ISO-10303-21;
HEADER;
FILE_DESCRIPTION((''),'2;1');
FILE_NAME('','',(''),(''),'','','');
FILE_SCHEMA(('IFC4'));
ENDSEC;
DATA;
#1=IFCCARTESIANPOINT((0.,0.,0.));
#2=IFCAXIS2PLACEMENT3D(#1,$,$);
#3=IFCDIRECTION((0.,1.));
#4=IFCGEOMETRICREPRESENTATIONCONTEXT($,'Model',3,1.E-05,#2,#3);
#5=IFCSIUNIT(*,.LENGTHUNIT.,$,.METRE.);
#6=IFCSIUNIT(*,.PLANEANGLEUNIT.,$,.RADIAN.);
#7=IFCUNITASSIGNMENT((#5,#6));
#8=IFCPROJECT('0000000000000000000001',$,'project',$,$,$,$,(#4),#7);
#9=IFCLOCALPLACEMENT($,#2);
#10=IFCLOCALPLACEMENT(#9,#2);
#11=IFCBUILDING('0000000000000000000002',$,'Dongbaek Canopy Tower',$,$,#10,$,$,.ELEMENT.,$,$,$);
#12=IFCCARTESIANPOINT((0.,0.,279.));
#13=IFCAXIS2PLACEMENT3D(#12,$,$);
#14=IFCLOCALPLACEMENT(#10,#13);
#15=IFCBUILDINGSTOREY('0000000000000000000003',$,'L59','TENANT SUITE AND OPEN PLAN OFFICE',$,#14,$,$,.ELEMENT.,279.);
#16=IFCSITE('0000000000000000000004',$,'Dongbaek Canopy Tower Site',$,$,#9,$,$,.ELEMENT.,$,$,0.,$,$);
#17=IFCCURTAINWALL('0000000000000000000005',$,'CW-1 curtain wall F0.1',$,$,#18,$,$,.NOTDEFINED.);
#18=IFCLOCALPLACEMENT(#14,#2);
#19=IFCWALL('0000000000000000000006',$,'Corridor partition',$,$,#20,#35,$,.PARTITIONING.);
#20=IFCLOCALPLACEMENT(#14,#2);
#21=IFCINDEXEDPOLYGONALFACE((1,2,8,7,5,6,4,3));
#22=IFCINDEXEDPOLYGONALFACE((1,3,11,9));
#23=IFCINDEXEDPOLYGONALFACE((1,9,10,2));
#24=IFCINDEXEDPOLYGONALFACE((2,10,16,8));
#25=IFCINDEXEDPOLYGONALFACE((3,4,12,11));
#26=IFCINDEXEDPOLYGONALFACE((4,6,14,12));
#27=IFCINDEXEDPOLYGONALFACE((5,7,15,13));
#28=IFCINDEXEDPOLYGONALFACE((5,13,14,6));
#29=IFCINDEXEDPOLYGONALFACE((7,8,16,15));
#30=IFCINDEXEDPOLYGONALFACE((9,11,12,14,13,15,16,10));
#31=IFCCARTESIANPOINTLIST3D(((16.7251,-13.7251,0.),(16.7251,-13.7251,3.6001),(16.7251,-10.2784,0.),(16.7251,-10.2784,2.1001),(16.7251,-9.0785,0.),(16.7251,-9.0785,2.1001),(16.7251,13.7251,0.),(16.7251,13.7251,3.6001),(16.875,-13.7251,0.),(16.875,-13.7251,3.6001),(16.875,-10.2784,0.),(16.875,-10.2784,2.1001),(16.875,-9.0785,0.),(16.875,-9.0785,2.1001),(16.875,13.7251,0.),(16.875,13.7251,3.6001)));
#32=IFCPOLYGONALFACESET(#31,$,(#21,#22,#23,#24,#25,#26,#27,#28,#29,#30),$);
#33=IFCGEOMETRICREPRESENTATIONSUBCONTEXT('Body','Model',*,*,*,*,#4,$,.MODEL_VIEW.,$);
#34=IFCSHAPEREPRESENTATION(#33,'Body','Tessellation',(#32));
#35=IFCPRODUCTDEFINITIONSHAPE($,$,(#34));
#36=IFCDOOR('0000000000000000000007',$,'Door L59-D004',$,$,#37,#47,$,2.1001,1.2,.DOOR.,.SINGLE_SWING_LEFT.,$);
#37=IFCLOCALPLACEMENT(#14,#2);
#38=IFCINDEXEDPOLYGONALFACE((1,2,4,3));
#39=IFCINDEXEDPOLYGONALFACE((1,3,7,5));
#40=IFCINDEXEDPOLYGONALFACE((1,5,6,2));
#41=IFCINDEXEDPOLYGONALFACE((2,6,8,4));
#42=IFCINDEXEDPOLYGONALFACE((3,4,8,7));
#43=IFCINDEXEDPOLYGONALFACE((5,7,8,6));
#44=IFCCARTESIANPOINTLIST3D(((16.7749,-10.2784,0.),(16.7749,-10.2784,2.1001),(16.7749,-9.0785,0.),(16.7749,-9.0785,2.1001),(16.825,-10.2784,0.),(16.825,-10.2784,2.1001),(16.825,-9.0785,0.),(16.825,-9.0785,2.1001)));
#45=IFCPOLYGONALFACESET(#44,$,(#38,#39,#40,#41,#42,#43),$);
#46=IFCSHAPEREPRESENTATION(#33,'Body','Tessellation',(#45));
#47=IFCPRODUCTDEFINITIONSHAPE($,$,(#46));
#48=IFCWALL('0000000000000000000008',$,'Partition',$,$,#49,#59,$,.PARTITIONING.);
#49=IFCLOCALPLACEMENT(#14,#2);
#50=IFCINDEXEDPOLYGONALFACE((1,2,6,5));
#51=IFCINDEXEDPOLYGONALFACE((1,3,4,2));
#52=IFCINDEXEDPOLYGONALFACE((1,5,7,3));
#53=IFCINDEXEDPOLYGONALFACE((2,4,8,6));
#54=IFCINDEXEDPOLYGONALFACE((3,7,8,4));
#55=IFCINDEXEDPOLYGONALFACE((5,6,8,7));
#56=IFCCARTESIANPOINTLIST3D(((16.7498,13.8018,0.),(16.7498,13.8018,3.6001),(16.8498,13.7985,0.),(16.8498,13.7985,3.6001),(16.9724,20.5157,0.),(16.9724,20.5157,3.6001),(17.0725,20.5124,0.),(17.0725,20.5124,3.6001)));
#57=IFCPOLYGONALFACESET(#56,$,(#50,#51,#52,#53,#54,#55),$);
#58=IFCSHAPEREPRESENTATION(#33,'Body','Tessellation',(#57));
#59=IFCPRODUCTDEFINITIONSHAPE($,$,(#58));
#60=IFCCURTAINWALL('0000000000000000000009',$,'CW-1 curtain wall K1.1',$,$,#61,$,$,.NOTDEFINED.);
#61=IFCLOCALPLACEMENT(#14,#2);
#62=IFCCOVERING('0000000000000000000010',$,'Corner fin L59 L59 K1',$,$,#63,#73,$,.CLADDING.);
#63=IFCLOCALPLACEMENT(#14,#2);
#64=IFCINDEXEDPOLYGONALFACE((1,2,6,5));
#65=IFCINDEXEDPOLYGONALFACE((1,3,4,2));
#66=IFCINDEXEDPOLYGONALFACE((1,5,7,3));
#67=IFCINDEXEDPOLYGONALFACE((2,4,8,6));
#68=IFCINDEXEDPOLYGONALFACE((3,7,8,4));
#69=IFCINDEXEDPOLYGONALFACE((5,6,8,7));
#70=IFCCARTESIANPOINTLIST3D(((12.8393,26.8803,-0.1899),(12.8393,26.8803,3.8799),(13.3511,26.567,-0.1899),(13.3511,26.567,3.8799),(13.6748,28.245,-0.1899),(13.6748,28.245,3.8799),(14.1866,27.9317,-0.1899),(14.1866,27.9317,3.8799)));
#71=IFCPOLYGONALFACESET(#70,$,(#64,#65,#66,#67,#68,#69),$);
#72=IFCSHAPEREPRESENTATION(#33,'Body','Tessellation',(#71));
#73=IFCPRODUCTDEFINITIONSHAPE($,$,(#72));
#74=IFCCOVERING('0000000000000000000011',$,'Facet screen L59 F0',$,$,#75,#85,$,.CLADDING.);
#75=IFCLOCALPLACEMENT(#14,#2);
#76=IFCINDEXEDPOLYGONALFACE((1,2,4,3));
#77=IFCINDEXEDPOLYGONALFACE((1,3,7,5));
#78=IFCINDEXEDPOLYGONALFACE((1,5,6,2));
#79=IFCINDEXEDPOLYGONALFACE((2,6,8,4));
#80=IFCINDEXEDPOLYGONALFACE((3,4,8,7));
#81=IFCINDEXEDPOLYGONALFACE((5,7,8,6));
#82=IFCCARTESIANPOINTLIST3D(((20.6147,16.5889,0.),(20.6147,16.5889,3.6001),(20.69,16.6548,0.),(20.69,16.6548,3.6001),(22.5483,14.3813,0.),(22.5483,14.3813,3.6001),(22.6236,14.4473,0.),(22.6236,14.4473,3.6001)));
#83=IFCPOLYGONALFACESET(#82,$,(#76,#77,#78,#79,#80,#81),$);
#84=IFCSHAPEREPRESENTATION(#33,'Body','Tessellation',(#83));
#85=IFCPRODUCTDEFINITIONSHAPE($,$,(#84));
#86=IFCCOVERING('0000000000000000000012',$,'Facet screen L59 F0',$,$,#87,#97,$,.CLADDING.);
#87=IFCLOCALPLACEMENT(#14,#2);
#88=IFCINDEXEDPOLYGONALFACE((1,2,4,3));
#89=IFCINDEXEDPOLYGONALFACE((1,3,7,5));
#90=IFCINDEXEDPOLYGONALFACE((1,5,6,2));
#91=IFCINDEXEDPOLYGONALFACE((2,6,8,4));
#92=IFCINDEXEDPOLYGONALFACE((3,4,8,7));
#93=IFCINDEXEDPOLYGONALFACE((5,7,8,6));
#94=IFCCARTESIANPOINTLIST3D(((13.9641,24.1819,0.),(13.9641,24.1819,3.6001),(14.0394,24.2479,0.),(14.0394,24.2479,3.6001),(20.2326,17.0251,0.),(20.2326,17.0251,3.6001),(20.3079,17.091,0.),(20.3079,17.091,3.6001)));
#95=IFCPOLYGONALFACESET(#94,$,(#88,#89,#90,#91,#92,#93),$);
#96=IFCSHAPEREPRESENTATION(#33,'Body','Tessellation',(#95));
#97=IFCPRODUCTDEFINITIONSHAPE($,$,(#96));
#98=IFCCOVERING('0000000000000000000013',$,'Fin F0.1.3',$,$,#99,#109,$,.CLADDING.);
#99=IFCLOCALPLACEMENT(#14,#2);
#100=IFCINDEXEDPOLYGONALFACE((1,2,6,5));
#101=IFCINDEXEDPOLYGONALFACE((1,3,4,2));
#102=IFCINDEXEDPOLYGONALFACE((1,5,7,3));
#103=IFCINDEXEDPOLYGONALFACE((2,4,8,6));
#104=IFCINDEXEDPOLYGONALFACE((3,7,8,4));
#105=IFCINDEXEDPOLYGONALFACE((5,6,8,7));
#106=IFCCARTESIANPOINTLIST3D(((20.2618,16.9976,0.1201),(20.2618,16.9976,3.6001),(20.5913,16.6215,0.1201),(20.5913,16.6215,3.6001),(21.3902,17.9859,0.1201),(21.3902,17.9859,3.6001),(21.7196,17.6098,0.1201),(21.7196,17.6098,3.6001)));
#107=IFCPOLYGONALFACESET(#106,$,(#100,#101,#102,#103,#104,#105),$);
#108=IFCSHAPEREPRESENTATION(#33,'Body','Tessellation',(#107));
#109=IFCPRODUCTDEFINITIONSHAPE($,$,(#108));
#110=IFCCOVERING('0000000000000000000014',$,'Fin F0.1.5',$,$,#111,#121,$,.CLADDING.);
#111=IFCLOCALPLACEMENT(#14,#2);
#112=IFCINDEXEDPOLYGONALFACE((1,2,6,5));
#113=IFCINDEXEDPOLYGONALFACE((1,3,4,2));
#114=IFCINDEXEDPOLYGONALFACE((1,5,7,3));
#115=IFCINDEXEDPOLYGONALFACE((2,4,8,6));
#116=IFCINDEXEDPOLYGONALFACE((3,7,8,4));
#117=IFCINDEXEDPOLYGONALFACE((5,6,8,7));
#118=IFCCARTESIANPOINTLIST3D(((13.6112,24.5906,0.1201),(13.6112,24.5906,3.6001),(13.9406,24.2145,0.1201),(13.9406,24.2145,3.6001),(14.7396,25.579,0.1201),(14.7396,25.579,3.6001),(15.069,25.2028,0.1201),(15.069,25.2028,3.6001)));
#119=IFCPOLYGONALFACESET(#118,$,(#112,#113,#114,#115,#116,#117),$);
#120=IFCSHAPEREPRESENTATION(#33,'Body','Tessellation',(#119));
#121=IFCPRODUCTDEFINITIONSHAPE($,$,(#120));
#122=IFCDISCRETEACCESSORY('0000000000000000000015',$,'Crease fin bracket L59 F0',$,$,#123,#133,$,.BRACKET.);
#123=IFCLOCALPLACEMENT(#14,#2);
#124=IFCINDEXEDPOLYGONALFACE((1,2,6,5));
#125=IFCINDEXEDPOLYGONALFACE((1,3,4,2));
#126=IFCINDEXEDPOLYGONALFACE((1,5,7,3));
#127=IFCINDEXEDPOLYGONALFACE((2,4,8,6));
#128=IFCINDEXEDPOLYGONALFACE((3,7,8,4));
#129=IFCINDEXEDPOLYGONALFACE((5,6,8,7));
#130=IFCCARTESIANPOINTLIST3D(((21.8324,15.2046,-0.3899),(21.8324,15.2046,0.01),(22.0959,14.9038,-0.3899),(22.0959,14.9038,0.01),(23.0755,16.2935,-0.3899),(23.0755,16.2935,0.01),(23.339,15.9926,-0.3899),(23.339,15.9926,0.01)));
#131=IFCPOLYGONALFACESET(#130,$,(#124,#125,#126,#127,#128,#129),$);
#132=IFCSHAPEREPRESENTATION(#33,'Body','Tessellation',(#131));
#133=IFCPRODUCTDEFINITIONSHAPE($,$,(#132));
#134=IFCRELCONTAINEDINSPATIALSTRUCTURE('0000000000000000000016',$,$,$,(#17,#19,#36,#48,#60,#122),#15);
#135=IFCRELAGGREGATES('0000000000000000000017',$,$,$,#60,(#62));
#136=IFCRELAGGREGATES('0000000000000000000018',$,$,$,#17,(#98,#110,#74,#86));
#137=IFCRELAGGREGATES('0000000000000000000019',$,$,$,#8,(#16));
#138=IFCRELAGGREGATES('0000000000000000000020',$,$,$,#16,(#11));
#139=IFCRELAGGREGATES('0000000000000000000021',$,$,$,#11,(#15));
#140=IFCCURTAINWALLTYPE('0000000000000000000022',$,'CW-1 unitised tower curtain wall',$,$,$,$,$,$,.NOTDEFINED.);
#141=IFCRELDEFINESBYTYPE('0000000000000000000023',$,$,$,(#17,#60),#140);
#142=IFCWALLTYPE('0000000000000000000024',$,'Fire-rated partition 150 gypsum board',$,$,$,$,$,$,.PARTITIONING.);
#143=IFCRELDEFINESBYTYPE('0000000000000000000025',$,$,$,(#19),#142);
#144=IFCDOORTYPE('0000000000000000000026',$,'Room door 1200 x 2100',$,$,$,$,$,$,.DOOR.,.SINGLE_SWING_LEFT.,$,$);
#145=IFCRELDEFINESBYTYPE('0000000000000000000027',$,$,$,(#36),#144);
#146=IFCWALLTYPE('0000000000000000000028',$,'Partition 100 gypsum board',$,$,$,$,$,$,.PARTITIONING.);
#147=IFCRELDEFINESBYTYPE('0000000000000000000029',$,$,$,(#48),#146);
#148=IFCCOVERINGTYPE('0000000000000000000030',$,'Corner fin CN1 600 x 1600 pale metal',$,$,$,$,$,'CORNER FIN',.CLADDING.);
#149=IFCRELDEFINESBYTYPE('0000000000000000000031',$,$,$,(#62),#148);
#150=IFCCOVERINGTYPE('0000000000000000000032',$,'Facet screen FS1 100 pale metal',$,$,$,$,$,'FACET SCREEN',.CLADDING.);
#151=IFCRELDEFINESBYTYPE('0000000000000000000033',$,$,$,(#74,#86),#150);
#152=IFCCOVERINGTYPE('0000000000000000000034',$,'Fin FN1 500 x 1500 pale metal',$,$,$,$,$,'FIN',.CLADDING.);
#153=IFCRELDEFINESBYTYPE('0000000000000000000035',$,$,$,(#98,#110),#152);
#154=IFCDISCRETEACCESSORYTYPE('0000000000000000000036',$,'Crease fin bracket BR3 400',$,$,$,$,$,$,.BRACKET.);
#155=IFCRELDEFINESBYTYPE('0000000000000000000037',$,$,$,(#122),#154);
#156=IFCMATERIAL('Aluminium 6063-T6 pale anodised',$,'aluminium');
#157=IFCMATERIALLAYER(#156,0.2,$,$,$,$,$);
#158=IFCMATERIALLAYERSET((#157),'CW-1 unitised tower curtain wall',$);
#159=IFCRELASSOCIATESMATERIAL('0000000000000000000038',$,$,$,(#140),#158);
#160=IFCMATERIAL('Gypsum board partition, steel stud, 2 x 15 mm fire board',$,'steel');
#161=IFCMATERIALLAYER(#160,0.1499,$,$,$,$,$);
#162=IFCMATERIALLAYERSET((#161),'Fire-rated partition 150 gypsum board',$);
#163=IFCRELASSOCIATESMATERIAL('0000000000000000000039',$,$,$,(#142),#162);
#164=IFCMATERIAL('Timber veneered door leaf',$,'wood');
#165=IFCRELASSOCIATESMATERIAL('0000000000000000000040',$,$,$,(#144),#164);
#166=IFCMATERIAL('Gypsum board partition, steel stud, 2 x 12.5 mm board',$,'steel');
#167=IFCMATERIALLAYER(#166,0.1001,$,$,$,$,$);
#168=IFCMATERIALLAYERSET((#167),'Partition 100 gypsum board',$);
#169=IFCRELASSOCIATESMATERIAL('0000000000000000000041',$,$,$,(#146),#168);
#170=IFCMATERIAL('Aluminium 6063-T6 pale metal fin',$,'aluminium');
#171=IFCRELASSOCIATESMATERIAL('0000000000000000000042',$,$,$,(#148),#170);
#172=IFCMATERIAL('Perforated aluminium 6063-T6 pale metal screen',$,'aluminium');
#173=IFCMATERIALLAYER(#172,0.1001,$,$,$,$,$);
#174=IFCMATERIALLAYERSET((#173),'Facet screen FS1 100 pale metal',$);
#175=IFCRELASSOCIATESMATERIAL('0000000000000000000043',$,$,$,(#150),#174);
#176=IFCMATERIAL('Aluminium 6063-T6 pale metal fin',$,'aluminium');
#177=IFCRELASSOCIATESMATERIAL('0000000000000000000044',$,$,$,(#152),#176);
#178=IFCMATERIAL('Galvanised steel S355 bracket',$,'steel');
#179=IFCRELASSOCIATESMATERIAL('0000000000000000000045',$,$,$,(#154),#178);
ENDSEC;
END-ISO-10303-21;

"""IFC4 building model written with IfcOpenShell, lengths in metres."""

from ifc_helpers import new_model, si_unit, direction, frame, frame_2d, origin, origin_2d, place, context, subcontext, project, spatial, rectangle, extrude, material, layer, layer_set, material_profile, profile_set, type_object, element, fill, aggregate, save


model = new_model("IFC4")

# Units and contexts
model_context = context("Model", 3, precision=1e-05, world=origin(), true_north=direction((0.0, 1.0)))
body_context = subcontext(model_context, "Body", "Model", "MODEL_VIEW")
ifc_project = project(units=[si_unit("LENGTHUNIT", "METRE"), si_unit("PLANEANGLEUNIT", "RADIAN")], contexts=[model_context])

# Site, building, storey
site_placement = place(None, origin())
site = spatial("IfcSite", under=ifc_project, at=site_placement, Name="Dongbaek Canopy Tower Site", CompositionType="ELEMENT", RefElevation=0.0)
building_placement = place(site_placement, origin())
building = spatial("IfcBuilding", under=site, at=building_placement, Name="Dongbaek Canopy Tower", CompositionType="ELEMENT")
storey_placement = place(building_placement, frame((0.0, 0.0, 279.0)))
storey = spatial("IfcBuildingStorey", under=building, at=storey_placement, Name="L59", Description="TENANT SUITE AND OPEN PLAN OFFICE", CompositionType="ELEMENT", Elevation=279.0)

# Curtain wall
ifc_material_1 = material(Name="Aluminium 6063-T6 pale anodised", Category="aluminium")
ifc_layer_1 = layer(ifc_material_1, 0.2)
ifc_layer_set_1 = layer_set([ifc_layer_1], Name="CW-1 unitised tower curtain wall")
curtain_wall_type = type_object("IfcCurtainWallType", Name="CW-1 unitised tower curtain wall", PredefinedType="NOTDEFINED", material=ifc_layer_set_1)
curtain_wall_1_placement = place(storey_placement, origin())
curtain_wall_1 = element("IfcCurtainWall", 1, at=curtain_wall_1_placement, inside=storey, type_object=curtain_wall_type, Name="CW-1 curtain wall F0.1", PredefinedType="NOTDEFINED")

# Wall, opening, door
ifc_material_2 = material(Name="Gypsum board partition, steel stud, 2 x 15 mm fire board", Category="steel")
ifc_layer_2 = layer(ifc_material_2, 0.1499)
ifc_layer_set_2 = layer_set([ifc_layer_2], Name="Fire-rated partition 150 gypsum board")
wall_type_1 = type_object("IfcWallType", Name="Fire-rated partition 150 gypsum board", PredefinedType="PARTITIONING", material=ifc_layer_set_2)
wall_1_placement = place(storey_placement, frame((16.8, 13.7251, 0.0), z_axis=(0.0, 0.0, 1.0), x_axis=(0.0, -1.0, 0.0)))
wall_1 = element("IfcWall", 2, at=wall_1_placement, inside=storey, type_object=wall_type_1, Name="Corridor partition", PredefinedType="PARTITIONING", context=body_context, shape_type="SweptSolid", body=[
    extrude(rectangle(XDim=27.4502, YDim=0.1499, at=frame_2d((13.7251, 0.0))), origin(), (0.0, 0.0, 1.0), 3.6001),
])
opening_placement = place(wall_1_placement, frame((22.8035, 0.0, 0.0)))
opening = element("IfcOpeningElement", 3, at=opening_placement, cuts=wall_1, PredefinedType="OPENING", context=body_context, shape_type="SweptSolid", body=[
    extrude(rectangle(XDim=1.2, YDim=2.1001, at=frame_2d((0.6001, 1.05))), frame((0.0, 0.085, 0.0), z_axis=(0.0, -1.0, 0.0), x_axis=(1.0, 0.0, 0.0)), (0.0, 0.0, 1.0), 0.1699),
])
ifc_material_3 = material(Name="Timber veneered door leaf", Category="wood")
door_type = type_object("IfcDoorType", Name="Room door 1200 x 2100", OperationType="SINGLE_SWING_LEFT", PredefinedType="DOOR", material=ifc_material_3)
door_placement = place(opening_placement, origin())
door = element("IfcDoor", 4, at=door_placement, inside=storey, type_object=door_type, Name="Door L59-D004", OperationType="SINGLE_SWING_LEFT", OverallHeight=2.1001, OverallWidth=1.2, PredefinedType="DOOR", context=body_context, shape_type="SweptSolid", body=[
    extrude(rectangle(XDim=1.2, YDim=2.1001, at=frame_2d((0.6001, 1.05))), frame((0.0, 0.0249, 0.0), z_axis=(0.0, -1.0, 0.0), x_axis=(1.0, 0.0, 0.0)), (0.0, 0.0, 1.0), 0.05),
])
fill(opening, door)

# Wall
ifc_material_4 = material(Name="Gypsum board partition, steel stud, 2 x 12.5 mm board", Category="steel")
ifc_layer_3 = layer(ifc_material_4, 0.1001)
ifc_layer_set_3 = layer_set([ifc_layer_3], Name="Partition 100 gypsum board")
wall_type_2 = type_object("IfcWallType", Name="Partition 100 gypsum board", PredefinedType="PARTITIONING", material=ifc_layer_set_3)
wall_2_placement = place(storey_placement, frame((16.7998, 13.8, 0.0), z_axis=(0.0, 0.0, 1.0), x_axis=(0.033145, 0.999451, 0.0)))
element("IfcWall", 5, at=wall_2_placement, inside=storey, type_object=wall_type_2, Name="Partition", PredefinedType="PARTITIONING", context=body_context, shape_type="SweptSolid", body=[
    extrude(rectangle(XDim=6.7175, YDim=0.1001, at=frame_2d((3.3589, 0.0))), origin(), (0.0, 0.0, 1.0), 3.6001),
])

# Curtain wall, covering
curtain_wall_2_placement = place(storey_placement, origin())
curtain_wall_2 = element("IfcCurtainWall", 6, at=curtain_wall_2_placement, inside=storey, type_object=curtain_wall_type, Name="CW-1 curtain wall K1.1", PredefinedType="NOTDEFINED")
ifc_material_5 = material(Name="Aluminium 6063-T6 pale metal fin", Category="aluminium")
ifc_material_profile_1 = material_profile(ifc_material_5, rectangle(XDim=1.6001, YDim=0.6001, at=origin_2d()), Name="Corner fin CN1 600 x 1600 pale metal")
ifc_profile_set_1 = profile_set([ifc_material_profile_1], Name="Aluminium 6063-T6 pale metal fin")
covering_type_1 = type_object("IfcCoveringType", Name="Corner fin CN1 600 x 1600 pale metal", ElementType="CORNER FIN", PredefinedType="CLADDING", material=ifc_profile_set_1)
covering_1_placement = place(storey_placement, frame((13.5129, 27.406, -0.1899), z_axis=(0.0, 0.0, 1.0), x_axis=(0.522138, 0.852861, 0.0)))
covering_1 = element("IfcCovering", 7, at=covering_1_placement, type_object=covering_type_1, Name="Corner fin L59 L59 K1", PredefinedType="CLADDING", context=body_context, shape_type="SweptSolid", body=[
    extrude(rectangle(XDim=1.6001, YDim=0.6001, at=origin_2d()), origin(), (0.0, 0.0, 1.0), 4.0698),
])
aggregate(curtain_wall_2, [covering_1])

# Coverings
ifc_material_6 = material(Name="Perforated aluminium 6063-T6 pale metal screen", Category="aluminium")
ifc_layer_4 = layer(ifc_material_6, 0.1001)
ifc_layer_set_4 = layer_set([ifc_layer_4], Name="Facet screen FS1 100 pale metal")
covering_type_2 = type_object("IfcCoveringType", Name="Facet screen FS1 100 pale metal", ElementType="FACET SCREEN", PredefinedType="CLADDING", material=ifc_layer_set_4)
covering_2_placement = place(storey_placement, frame((21.6191, 15.5181, 0.0), z_axis=(0.0, 0.0, 1.0), x_axis=(-0.658881, 0.752247, 0.0)))
covering_2 = element("IfcCovering", 8, at=covering_2_placement, type_object=covering_type_2, Name="Facet screen L59 F0", PredefinedType="CLADDING", context=body_context, shape_type="SweptSolid", body=[
    extrude(rectangle(XDim=2.9346, YDim=0.1001, at=origin_2d()), origin(), (0.0, 0.0, 1.0), 3.6001),
])
covering_3_placement = place(storey_placement, frame((17.136, 20.6365, 0.0), z_axis=(0.0, 0.0, 1.0), x_axis=(-0.658881, 0.752247, 0.0)))
covering_3 = element("IfcCovering", 9, at=covering_3_placement, type_object=covering_type_2, Name="Facet screen L59 F0", PredefinedType="CLADDING", context=body_context, shape_type="SweptSolid", body=[
    extrude(rectangle(XDim=9.5139, YDim=0.1001, at=origin_2d()), origin(), (0.0, 0.0, 1.0), 3.6001),
])
ifc_material_7 = material(Name="Aluminium 6063-T6 pale metal fin", Category="aluminium")
ifc_material_profile_2 = material_profile(ifc_material_7, rectangle(XDim=1.5, YDim=0.5, at=origin_2d()), Name="Fin FN1 500 x 1500 pale metal")
ifc_profile_set_2 = profile_set([ifc_material_profile_2], Name="Aluminium 6063-T6 pale metal fin")
covering_type_3 = type_object("IfcCoveringType", Name="Fin FN1 500 x 1500 pale metal", ElementType="FIN", PredefinedType="CLADDING", material=ifc_profile_set_2)
covering_4_placement = place(storey_placement, frame((20.9907, 17.3037, 0.1201), z_axis=(0.0, 0.0, 1.0), x_axis=(0.752247, 0.658881, 0.0)))
covering_4 = element("IfcCovering", 10, at=covering_4_placement, type_object=covering_type_3, Name="Fin F0.1.3", PredefinedType="CLADDING", context=body_context, shape_type="SweptSolid", body=[
    extrude(rectangle(XDim=1.5, YDim=0.5, at=origin_2d()), origin(), (0.0, 0.0, 1.0), 3.48),
])
covering_5_placement = place(storey_placement, frame((14.3401, 24.8967, 0.1201), z_axis=(0.0, 0.0, 1.0), x_axis=(0.752247, 0.658881, 0.0)))
covering_5 = element("IfcCovering", 11, at=covering_5_placement, type_object=covering_type_3, Name="Fin F0.1.5", PredefinedType="CLADDING", context=body_context, shape_type="SweptSolid", body=[
    extrude(rectangle(XDim=1.5, YDim=0.5, at=origin_2d()), origin(), (0.0, 0.0, 1.0), 3.48),
])
aggregate(curtain_wall_1, [covering_4, covering_5, covering_2, covering_3])

# Discrete accessory
ifc_material_8 = material(Name="Galvanised steel S355 bracket", Category="steel")
discrete_accessory_type = type_object("IfcDiscreteAccessoryType", Name="Crease fin bracket BR3 400", PredefinedType="BRACKET", material=ifc_material_8)
discrete_accessory_placement = place(storey_placement, frame((22.5857, 15.5986, -0.3899), z_axis=(0.0, 0.0, 1.0), x_axis=(0.752247, 0.658881, 0.0)))
element("IfcDiscreteAccessory", 12, at=discrete_accessory_placement, inside=storey, type_object=discrete_accessory_type, Name="Crease fin bracket L59 F0", PredefinedType="BRACKET", context=body_context, shape_type="SweptSolid", body=[
    extrude(rectangle(XDim=1.6526, YDim=0.3999, at=origin_2d()), origin(), (0.0, 0.0, 1.0), 0.3999),
])

save(model, "model.ifc")
